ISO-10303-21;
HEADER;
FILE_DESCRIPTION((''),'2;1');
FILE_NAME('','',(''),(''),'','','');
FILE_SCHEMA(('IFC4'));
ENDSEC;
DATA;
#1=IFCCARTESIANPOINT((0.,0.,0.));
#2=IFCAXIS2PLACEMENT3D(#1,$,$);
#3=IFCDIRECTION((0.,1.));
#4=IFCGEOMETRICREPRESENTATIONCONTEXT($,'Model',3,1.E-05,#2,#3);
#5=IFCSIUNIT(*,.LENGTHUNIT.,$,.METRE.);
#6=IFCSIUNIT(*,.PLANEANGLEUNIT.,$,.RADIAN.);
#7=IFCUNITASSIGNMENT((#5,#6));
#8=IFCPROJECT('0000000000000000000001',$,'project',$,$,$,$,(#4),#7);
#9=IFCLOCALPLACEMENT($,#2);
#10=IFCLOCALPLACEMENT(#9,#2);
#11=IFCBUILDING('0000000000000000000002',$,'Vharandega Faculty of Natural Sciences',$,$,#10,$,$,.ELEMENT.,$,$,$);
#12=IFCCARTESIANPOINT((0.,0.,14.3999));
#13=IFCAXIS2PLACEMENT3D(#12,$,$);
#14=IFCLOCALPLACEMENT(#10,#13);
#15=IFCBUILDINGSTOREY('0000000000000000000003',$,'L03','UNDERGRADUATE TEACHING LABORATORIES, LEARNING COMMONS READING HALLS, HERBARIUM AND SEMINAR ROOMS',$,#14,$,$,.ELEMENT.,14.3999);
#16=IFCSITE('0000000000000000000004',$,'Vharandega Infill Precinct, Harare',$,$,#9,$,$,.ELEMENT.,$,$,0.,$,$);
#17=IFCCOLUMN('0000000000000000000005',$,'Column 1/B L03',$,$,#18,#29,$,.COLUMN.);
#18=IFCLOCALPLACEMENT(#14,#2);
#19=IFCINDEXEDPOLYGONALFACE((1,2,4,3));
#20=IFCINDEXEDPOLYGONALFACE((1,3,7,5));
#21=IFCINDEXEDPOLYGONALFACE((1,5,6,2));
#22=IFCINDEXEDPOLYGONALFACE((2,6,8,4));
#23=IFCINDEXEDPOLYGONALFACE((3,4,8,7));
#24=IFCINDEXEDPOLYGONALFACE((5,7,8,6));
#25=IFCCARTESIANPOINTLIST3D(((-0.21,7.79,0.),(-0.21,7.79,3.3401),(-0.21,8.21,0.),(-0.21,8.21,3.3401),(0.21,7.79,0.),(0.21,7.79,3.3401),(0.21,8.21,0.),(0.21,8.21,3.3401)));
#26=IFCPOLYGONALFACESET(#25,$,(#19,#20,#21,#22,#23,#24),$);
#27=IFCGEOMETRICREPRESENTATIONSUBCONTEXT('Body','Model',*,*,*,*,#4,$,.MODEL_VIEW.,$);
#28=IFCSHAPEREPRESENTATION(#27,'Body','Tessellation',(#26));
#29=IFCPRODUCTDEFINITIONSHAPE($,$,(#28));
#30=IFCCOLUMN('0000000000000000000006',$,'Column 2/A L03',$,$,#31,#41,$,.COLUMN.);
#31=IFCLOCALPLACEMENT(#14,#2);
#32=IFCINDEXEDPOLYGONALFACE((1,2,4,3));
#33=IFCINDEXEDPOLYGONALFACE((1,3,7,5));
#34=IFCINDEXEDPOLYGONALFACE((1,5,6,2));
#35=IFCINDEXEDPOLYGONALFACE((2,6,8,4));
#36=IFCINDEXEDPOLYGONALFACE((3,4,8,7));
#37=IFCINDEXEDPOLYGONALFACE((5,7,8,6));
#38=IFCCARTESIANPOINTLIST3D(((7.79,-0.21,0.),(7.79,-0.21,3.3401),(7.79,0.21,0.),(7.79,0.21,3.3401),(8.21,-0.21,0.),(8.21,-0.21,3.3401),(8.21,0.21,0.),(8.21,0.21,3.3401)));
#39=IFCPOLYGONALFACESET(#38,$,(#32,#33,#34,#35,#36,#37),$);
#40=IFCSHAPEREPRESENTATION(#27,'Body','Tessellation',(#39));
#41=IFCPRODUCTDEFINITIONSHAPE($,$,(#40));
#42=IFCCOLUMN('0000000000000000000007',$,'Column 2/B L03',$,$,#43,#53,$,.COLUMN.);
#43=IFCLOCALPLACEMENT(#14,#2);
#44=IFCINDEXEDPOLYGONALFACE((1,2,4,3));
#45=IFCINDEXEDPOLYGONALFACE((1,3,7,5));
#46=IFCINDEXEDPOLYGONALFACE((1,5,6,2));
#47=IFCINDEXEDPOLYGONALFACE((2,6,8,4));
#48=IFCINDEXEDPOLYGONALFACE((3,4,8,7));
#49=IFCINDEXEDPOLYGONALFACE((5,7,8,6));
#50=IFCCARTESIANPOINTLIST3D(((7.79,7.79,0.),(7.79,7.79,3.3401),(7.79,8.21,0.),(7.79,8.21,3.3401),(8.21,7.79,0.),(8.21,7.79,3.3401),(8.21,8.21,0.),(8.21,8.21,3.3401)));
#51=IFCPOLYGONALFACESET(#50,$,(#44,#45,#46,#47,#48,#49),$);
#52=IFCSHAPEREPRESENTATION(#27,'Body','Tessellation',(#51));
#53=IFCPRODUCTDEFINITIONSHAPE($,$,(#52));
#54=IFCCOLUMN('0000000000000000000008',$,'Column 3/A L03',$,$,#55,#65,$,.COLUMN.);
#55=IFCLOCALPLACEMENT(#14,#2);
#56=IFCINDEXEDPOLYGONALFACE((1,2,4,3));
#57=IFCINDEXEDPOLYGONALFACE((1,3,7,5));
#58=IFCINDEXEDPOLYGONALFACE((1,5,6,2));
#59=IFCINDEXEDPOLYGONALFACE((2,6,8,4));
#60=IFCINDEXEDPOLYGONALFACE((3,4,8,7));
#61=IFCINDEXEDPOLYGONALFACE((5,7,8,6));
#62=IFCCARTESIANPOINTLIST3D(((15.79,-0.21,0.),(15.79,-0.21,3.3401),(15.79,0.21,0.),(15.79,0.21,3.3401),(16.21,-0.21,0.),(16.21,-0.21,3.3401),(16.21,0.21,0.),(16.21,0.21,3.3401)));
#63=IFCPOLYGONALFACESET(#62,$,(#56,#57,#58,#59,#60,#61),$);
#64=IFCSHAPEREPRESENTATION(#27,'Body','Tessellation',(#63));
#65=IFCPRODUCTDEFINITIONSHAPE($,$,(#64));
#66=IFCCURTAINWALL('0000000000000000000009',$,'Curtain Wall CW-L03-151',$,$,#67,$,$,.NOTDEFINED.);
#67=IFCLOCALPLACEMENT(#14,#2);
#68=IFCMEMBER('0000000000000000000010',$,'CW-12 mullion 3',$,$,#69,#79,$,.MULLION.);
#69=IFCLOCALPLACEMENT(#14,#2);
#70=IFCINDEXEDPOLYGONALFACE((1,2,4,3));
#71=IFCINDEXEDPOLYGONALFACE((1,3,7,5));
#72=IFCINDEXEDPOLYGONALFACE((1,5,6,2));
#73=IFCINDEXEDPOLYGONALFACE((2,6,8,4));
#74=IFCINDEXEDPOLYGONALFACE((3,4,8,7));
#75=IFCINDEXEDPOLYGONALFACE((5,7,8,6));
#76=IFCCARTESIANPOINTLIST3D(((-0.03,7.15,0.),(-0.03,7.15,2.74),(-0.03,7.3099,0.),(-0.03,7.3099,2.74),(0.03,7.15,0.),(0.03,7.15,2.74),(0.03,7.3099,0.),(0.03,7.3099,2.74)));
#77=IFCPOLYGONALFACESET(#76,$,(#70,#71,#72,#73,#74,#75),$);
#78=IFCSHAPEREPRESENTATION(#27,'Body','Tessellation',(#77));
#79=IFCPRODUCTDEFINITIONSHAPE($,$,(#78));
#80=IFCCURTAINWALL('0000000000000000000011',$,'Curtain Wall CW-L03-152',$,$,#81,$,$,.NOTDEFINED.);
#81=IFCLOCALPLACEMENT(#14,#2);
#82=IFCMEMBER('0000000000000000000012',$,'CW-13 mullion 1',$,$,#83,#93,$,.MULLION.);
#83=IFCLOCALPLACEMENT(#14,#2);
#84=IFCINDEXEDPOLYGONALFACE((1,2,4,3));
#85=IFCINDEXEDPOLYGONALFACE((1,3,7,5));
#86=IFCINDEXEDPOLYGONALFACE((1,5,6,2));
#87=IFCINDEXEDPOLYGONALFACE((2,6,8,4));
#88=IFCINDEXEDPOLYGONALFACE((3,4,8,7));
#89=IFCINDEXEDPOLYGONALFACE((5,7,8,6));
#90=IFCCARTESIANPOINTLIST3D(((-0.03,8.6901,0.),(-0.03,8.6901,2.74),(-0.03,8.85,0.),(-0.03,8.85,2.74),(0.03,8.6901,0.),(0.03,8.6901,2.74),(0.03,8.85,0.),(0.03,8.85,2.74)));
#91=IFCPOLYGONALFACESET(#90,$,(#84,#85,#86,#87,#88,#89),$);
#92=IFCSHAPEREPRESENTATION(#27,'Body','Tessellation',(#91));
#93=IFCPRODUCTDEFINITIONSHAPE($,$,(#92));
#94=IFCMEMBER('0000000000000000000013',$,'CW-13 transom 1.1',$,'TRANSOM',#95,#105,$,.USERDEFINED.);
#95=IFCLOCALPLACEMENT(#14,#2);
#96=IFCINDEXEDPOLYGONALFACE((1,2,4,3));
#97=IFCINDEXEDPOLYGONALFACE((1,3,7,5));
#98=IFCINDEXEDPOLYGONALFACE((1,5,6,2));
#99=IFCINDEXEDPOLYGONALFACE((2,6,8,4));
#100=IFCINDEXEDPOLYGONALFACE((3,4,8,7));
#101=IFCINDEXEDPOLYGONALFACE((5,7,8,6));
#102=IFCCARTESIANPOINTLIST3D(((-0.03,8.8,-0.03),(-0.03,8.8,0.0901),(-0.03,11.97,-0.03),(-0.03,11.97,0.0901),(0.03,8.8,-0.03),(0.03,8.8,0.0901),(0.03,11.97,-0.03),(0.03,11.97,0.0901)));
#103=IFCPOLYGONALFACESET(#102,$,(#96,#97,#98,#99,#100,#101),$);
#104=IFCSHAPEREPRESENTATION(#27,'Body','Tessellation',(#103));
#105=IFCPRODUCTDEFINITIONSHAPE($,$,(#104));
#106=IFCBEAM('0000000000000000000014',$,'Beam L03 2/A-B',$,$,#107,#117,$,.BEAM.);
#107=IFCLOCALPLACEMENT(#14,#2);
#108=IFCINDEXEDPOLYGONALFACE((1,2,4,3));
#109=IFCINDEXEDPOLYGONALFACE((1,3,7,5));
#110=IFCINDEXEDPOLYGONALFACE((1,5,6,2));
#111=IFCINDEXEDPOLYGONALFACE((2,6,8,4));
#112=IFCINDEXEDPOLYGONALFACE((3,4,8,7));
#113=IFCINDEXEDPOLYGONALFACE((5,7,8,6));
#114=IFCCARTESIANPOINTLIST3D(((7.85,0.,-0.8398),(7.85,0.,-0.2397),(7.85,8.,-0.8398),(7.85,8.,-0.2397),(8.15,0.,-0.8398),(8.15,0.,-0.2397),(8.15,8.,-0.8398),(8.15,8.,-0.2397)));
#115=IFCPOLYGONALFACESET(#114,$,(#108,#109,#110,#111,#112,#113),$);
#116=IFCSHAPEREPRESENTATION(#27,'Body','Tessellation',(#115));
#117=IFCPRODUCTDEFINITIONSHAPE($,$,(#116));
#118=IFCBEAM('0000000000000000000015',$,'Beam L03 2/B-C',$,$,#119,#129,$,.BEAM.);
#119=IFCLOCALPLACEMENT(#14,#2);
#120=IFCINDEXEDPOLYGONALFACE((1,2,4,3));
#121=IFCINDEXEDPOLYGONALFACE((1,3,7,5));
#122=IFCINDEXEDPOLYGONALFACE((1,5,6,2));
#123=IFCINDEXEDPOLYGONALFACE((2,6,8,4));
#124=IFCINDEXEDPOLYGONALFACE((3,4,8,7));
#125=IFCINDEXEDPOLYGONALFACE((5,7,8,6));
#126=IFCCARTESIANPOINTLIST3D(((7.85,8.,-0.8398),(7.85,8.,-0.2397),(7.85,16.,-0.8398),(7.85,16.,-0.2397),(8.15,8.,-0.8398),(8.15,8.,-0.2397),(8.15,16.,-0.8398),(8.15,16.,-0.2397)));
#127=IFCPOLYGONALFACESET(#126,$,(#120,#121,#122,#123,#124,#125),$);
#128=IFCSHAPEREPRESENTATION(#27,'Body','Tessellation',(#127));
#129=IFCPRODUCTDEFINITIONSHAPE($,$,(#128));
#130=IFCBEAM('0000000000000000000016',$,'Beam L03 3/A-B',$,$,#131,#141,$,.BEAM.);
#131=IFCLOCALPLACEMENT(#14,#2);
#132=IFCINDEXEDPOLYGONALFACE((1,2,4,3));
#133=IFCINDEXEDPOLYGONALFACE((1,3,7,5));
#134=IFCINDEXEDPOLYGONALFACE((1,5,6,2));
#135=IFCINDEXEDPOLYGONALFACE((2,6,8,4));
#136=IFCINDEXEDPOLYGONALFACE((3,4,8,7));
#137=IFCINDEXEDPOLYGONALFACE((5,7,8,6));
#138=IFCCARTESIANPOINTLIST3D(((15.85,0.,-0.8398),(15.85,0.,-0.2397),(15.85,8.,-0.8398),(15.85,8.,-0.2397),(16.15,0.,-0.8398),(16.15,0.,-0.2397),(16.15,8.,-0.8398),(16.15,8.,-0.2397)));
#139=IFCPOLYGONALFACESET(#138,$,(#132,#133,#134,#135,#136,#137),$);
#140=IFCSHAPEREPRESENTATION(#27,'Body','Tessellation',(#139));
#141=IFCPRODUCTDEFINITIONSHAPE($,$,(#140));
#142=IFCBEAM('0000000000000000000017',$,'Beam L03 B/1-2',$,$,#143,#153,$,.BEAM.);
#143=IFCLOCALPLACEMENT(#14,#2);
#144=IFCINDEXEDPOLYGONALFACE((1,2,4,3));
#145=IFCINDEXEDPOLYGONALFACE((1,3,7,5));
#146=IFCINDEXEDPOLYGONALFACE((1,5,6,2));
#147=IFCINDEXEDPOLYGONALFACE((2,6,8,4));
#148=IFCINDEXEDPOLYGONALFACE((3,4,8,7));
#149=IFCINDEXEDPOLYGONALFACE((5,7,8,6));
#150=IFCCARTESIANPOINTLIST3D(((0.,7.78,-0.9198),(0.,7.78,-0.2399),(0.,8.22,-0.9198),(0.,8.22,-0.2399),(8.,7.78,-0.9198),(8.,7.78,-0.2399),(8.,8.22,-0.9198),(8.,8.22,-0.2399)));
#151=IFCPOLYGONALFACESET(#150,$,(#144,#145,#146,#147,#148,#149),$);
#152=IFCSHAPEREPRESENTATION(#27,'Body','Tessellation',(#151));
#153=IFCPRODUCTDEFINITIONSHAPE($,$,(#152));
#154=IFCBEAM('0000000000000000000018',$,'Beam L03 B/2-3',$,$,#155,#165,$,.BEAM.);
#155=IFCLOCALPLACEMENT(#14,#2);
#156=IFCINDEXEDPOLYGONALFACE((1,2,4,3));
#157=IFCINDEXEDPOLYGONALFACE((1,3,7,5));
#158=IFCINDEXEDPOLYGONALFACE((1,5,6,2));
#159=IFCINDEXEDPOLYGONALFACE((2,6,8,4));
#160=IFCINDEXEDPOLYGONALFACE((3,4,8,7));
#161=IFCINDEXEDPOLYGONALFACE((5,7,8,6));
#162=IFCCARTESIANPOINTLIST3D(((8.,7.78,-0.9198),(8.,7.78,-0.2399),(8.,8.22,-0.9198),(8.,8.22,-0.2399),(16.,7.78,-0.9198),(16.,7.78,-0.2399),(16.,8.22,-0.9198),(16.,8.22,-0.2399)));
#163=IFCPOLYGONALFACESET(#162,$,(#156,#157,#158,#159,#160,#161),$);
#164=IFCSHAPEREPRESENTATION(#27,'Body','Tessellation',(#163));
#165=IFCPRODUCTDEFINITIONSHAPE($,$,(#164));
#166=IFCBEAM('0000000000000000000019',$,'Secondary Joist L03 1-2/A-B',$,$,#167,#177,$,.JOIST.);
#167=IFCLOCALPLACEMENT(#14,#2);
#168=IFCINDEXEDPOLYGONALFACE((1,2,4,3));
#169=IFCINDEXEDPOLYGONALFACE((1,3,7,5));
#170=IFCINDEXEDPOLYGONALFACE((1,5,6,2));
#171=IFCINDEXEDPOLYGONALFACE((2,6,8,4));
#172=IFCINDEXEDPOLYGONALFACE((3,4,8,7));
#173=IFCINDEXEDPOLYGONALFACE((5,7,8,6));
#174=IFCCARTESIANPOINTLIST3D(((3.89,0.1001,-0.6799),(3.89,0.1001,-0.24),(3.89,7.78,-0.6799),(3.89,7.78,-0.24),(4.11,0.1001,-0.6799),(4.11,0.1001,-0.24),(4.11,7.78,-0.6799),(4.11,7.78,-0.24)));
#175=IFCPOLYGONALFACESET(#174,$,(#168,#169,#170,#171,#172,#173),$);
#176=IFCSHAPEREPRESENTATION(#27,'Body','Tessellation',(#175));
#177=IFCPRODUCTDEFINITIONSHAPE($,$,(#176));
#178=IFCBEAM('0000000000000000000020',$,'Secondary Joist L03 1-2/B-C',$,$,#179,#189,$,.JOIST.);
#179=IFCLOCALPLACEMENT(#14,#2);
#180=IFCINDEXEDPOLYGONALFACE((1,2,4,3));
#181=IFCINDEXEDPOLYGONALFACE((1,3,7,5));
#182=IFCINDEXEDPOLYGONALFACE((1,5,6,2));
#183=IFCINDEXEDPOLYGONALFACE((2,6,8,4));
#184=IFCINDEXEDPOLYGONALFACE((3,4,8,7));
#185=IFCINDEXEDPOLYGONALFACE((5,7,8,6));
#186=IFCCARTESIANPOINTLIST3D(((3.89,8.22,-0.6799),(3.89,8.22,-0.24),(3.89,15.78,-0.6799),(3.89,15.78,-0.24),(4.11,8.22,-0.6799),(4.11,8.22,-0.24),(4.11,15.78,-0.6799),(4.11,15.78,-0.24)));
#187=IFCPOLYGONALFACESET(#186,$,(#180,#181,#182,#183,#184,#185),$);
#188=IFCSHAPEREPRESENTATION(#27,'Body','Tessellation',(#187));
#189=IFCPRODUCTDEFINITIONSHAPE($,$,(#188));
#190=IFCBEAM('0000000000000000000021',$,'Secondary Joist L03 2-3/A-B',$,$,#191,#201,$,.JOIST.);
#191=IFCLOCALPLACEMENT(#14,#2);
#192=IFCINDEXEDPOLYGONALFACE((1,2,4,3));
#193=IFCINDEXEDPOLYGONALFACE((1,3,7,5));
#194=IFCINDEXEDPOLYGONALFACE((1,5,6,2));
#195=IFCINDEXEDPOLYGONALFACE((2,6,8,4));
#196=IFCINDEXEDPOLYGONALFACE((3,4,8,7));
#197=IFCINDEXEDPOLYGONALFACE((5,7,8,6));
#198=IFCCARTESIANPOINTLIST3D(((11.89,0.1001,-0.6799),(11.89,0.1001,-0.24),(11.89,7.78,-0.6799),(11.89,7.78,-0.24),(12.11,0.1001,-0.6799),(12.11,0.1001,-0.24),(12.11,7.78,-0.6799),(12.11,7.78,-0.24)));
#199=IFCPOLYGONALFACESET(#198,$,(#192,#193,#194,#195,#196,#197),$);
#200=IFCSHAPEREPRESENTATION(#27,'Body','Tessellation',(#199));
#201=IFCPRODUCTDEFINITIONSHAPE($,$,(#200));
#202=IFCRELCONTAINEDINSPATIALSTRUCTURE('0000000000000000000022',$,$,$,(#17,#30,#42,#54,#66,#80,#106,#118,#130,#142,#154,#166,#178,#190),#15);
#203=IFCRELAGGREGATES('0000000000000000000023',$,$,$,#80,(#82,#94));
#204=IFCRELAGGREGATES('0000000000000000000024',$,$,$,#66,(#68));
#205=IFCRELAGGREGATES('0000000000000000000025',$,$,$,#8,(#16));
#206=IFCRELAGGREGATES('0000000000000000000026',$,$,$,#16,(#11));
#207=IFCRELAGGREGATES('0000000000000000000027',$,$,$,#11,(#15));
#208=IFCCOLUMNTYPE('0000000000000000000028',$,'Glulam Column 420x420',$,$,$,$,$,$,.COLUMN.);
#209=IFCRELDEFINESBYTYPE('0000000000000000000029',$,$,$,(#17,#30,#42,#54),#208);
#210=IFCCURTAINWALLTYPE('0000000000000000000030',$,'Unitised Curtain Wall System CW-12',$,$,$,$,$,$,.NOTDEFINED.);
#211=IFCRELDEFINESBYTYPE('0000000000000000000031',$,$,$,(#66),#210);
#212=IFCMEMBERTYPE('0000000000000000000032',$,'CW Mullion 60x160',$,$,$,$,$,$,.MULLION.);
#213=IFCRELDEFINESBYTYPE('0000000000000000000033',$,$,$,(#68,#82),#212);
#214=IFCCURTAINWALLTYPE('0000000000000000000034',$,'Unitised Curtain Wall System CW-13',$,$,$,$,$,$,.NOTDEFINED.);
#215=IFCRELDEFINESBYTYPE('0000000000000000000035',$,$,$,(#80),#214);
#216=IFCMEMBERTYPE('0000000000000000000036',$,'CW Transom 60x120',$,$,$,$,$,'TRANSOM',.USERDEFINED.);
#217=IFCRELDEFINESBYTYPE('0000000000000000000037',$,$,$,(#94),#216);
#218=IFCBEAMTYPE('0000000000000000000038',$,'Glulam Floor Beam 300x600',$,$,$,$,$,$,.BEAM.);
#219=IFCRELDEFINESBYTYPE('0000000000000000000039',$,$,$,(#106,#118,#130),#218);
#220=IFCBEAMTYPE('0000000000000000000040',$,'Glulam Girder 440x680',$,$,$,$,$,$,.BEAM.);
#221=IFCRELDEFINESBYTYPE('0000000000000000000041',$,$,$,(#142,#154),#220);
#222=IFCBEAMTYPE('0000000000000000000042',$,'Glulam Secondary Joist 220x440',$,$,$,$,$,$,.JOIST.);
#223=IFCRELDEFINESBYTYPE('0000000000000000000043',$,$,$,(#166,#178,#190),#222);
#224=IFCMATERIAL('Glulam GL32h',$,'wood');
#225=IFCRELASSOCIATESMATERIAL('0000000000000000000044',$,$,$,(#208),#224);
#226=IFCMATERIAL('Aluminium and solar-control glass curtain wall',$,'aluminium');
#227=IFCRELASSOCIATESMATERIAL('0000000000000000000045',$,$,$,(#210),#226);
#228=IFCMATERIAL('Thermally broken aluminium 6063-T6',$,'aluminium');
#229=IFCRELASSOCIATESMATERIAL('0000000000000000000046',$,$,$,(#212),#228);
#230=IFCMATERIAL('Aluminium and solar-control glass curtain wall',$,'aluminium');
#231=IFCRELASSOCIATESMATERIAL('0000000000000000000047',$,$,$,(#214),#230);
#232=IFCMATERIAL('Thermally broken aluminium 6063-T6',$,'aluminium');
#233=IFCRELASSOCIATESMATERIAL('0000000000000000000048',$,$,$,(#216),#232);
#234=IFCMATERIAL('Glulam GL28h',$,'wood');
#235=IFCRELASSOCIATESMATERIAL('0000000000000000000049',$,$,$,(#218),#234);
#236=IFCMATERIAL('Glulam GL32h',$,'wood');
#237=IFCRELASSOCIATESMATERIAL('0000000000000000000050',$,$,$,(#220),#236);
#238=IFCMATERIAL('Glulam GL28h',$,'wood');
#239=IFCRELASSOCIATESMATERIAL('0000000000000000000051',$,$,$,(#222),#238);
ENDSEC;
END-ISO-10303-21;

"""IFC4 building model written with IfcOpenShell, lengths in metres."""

from ifc_helpers import new_model, si_unit, direction, frame, origin, origin_2d, place, context, subcontext, project, spatial, rectangle, extrude, material, material_profile, profile_set, type_object, element, aggregate, save


model = new_model("IFC4")

# Units and contexts
model_context = context("Model", 3, precision=1e-05, world=origin(), true_north=direction((0.0, 1.0)))
body_context = subcontext(model_context, "Body", "Model", "MODEL_VIEW")
ifc_project = project(units=[si_unit("LENGTHUNIT", "METRE"), si_unit("PLANEANGLEUNIT", "RADIAN")], contexts=[model_context])

# Site, building, storey
site_placement = place(None, origin())
site = spatial("IfcSite", under=ifc_project, at=site_placement, Name="Vharandega Infill Precinct, Harare", CompositionType="ELEMENT", RefElevation=0.0)
building_placement = place(site_placement, origin())
building = spatial("IfcBuilding", under=site, at=building_placement, Name="Vharandega Faculty of Natural Sciences", CompositionType="ELEMENT")
storey_placement = place(building_placement, frame((0.0, 0.0, 14.3999)))
storey = spatial("IfcBuildingStorey", under=building, at=storey_placement, Name="L03", Description="UNDERGRADUATE TEACHING LABORATORIES, LEARNING COMMONS READING HALLS, HERBARIUM AND SEMINAR ROOMS", CompositionType="ELEMENT", Elevation=14.3999)

# Columns
ifc_material_1 = material(Name="Glulam GL32h", Category="wood")
ifc_material_profile_1 = material_profile(ifc_material_1, rectangle(XDim=0.4199, YDim=0.4199, at=origin_2d()), Name="GL32h 420x420")
ifc_profile_set_1 = profile_set([ifc_material_profile_1], Name="Glulam GL32h")
column_type = type_object("IfcColumnType", Name="Glulam Column 420x420", PredefinedType="COLUMN", material=ifc_profile_set_1)
for number, where, z_axis, x_axis, name in (
    (1, (0.0, 8.0, 0.0), (0.0, 0.0, 1.0), (1.0, 0.0, 0.0), "Column 1/B L03"),
    (2, (8.0, 0.0, 0.0), (0.0, 0.0, 1.0), (1.0, 0.0, 0.0), "Column 2/A L03"),
    (3, (8.0, 8.0, 0.0), (0.0, 0.0, 1.0), (1.0, 0.0, 0.0), "Column 2/B L03"),
    (4, (16.0, 0.0, 0.0), (0.0, 0.0, 1.0), (1.0, 0.0, 0.0), "Column 3/A L03"),
):
    element("IfcColumn", number, at=place(storey_placement, frame(where, z_axis=z_axis, x_axis=x_axis)), inside=storey, type_object=column_type, Name=name, PredefinedType="COLUMN", context=body_context, shape_type="SweptSolid", body=[
        extrude(rectangle(XDim=0.4199, YDim=0.4199, at=origin_2d()), origin(), (0.0, 0.0, 1.0), 3.3401),
    ])

# Curtain wall, member
ifc_material_2 = material(Name="Aluminium and solar-control glass curtain wall", Category="aluminium")
curtain_wall_type_1 = type_object("IfcCurtainWallType", Name="Unitised Curtain Wall System CW-12", PredefinedType="NOTDEFINED", material=ifc_material_2)
curtain_wall_1_placement = place(storey_placement, origin())
curtain_wall_1 = element("IfcCurtainWall", 5, at=curtain_wall_1_placement, inside=storey, type_object=curtain_wall_type_1, Name="Curtain Wall CW-L03-151", PredefinedType="NOTDEFINED")
ifc_material_3 = material(Name="Thermally broken aluminium 6063-T6", Category="aluminium")
ifc_material_profile_2 = material_profile(ifc_material_3, rectangle(XDim=0.0601, YDim=0.1599, at=origin_2d()), Name="ALU 60x160")
ifc_profile_set_2 = profile_set([ifc_material_profile_2], Name="Thermally broken aluminium 6063-T6")
member_type_1 = type_object("IfcMemberType", Name="CW Mullion 60x160", PredefinedType="MULLION", material=ifc_profile_set_2)
member_1_placement = place(storey_placement, frame((0.0, 7.23, 0.0), z_axis=(0.0, 0.0, 1.0), x_axis=(-1.0, 0.0, 0.0)))
member_1 = element("IfcMember", 6, at=member_1_placement, type_object=member_type_1, Name="CW-12 mullion 3", PredefinedType="MULLION", context=body_context, shape_type="SweptSolid", body=[
    extrude(rectangle(XDim=0.0601, YDim=0.1599, at=origin_2d()), origin(), (0.0, 0.0, 1.0), 2.74),
])

# Curtain wall, members
ifc_material_4 = material(Name="Aluminium and solar-control glass curtain wall", Category="aluminium")
curtain_wall_type_2 = type_object("IfcCurtainWallType", Name="Unitised Curtain Wall System CW-13", PredefinedType="NOTDEFINED", material=ifc_material_4)
curtain_wall_2_placement = place(storey_placement, origin())
curtain_wall_2 = element("IfcCurtainWall", 7, at=curtain_wall_2_placement, inside=storey, type_object=curtain_wall_type_2, Name="Curtain Wall CW-L03-152", PredefinedType="NOTDEFINED")
member_2_placement = place(storey_placement, frame((0.0, 8.77, 0.0), z_axis=(0.0, 0.0, 1.0), x_axis=(-1.0, 0.0, 0.0)))
member_2 = element("IfcMember", 8, at=member_2_placement, type_object=member_type_1, Name="CW-13 mullion 1", PredefinedType="MULLION", context=body_context, shape_type="SweptSolid", body=[
    extrude(rectangle(XDim=0.0601, YDim=0.1599, at=origin_2d()), origin(), (0.0, 0.0, 1.0), 2.74),
])
ifc_material_5 = material(Name="Thermally broken aluminium 6063-T6", Category="aluminium")
ifc_material_profile_3 = material_profile(ifc_material_5, rectangle(XDim=0.0601, YDim=0.1201, at=origin_2d()), Name="ALU 60x120")
ifc_profile_set_3 = profile_set([ifc_material_profile_3], Name="Thermally broken aluminium 6063-T6")
member_type_2 = type_object("IfcMemberType", Name="CW Transom 60x120", ElementType="TRANSOM", PredefinedType="USERDEFINED", material=ifc_profile_set_3)
member_3_placement = place(storey_placement, frame((0.0, 8.8, 0.03), z_axis=(0.0, 1.0, 0.0), x_axis=(-1.0, 0.0, 0.0)))
member_3 = element("IfcMember", 9, at=member_3_placement, type_object=member_type_2, Name="CW-13 transom 1.1", ObjectType="TRANSOM", PredefinedType="USERDEFINED", context=body_context, shape_type="SweptSolid", body=[
    extrude(rectangle(XDim=0.0601, YDim=0.1201, at=origin_2d()), origin(), (0.0, 0.0, 1.0), 3.1699),
])
aggregate(curtain_wall_2, [member_2, member_3])

# Beams
ifc_material_6 = material(Name="Glulam GL28h", Category="wood")
ifc_material_profile_4 = material_profile(ifc_material_6, rectangle(XDim=0.3, YDim=0.6001, at=origin_2d()), Name="GL28h 300x600")
ifc_profile_set_4 = profile_set([ifc_material_profile_4], Name="Glulam GL28h")
beam_type_1 = type_object("IfcBeamType", Name="Glulam Floor Beam 300x600", PredefinedType="BEAM", material=ifc_profile_set_4)
for number, where, z_axis, x_axis, name in (
    (10, (8.0, 0.0, -0.5398), (0.0, 1.0, 0.0), (-1.0, 0.0, 0.0), "Beam L03 2/A-B"),
    (11, (8.0, 8.0, -0.5398), (0.0, 1.0, 0.0), (-1.0, 0.0, 0.0), "Beam L03 2/B-C"),
    (12, (16.0, 0.0, -0.5398), (0.0, 1.0, 0.0), (-1.0, 0.0, 0.0), "Beam L03 3/A-B"),
):
    element("IfcBeam", number, at=place(storey_placement, frame(where, z_axis=z_axis, x_axis=x_axis)), inside=storey, type_object=beam_type_1, Name=name, PredefinedType="BEAM", context=body_context, shape_type="SweptSolid", body=[
        extrude(rectangle(XDim=0.3, YDim=0.6001, at=origin_2d()), origin(), (0.0, 0.0, 1.0), 8.0),
    ])
ifc_material_7 = material(Name="Glulam GL32h", Category="wood")
ifc_material_profile_5 = material_profile(ifc_material_7, rectangle(XDim=0.4399, YDim=0.6799, at=origin_2d()), Name="GL32h 440x680")
ifc_profile_set_5 = profile_set([ifc_material_profile_5], Name="Glulam GL32h")
beam_type_2 = type_object("IfcBeamType", Name="Glulam Girder 440x680", PredefinedType="BEAM", material=ifc_profile_set_5)
for number, where, z_axis, x_axis, name in (
    (13, (0.0, 8.0, -0.5798), (1.0, 0.0, 0.0), (0.0, 1.0, 0.0), "Beam L03 B/1-2"),
    (14, (8.0, 8.0, -0.5798), (1.0, 0.0, 0.0), (0.0, 1.0, 0.0), "Beam L03 B/2-3"),
):
    element("IfcBeam", number, at=place(storey_placement, frame(where, z_axis=z_axis, x_axis=x_axis)), inside=storey, type_object=beam_type_2, Name=name, PredefinedType="BEAM", context=body_context, shape_type="SweptSolid", body=[
        extrude(rectangle(XDim=0.4399, YDim=0.6799, at=origin_2d()), origin(), (0.0, 0.0, 1.0), 8.0),
    ])
ifc_material_8 = material(Name="Glulam GL28h", Category="wood")
ifc_material_profile_6 = material_profile(ifc_material_8, rectangle(XDim=0.22, YDim=0.4399, at=origin_2d()), Name="GL28h 220x440")
ifc_profile_set_6 = profile_set([ifc_material_profile_6], Name="Glulam GL28h")
beam_type_3 = type_object("IfcBeamType", Name="Glulam Secondary Joist 220x440", PredefinedType="JOIST", material=ifc_profile_set_6)
beam_1_placement = place(storey_placement, frame((4.0, 0.1001, -0.46), z_axis=(0.0, 1.0, 0.0), x_axis=(-1.0, 0.0, 0.0)))
element("IfcBeam", 15, at=beam_1_placement, inside=storey, type_object=beam_type_3, Name="Secondary Joist L03 1-2/A-B", PredefinedType="JOIST", context=body_context, shape_type="SweptSolid", body=[
    extrude(rectangle(XDim=0.22, YDim=0.4399, at=origin_2d()), origin(), (0.0, 0.0, 1.0), 7.6799),
])
beam_2_placement = place(storey_placement, frame((4.0, 8.22, -0.46), z_axis=(0.0, 1.0, 0.0), x_axis=(-1.0, 0.0, 0.0)))
element("IfcBeam", 16, at=beam_2_placement, inside=storey, type_object=beam_type_3, Name="Secondary Joist L03 1-2/B-C", PredefinedType="JOIST", context=body_context, shape_type="SweptSolid", body=[
    extrude(rectangle(XDim=0.22, YDim=0.4399, at=origin_2d()), origin(), (0.0, 0.0, 1.0), 7.5601),
])
beam_3_placement = place(storey_placement, frame((12.0, 0.1001, -0.46), z_axis=(0.0, 1.0, 0.0), x_axis=(-1.0, 0.0, 0.0)))
element("IfcBeam", 17, at=beam_3_placement, inside=storey, type_object=beam_type_3, Name="Secondary Joist L03 2-3/A-B", PredefinedType="JOIST", context=body_context, shape_type="SweptSolid", body=[
    extrude(rectangle(XDim=0.22, YDim=0.4399, at=origin_2d()), origin(), (0.0, 0.0, 1.0), 7.6799),
])

aggregate(curtain_wall_1, [member_1])

save(model, "model.ifc")
